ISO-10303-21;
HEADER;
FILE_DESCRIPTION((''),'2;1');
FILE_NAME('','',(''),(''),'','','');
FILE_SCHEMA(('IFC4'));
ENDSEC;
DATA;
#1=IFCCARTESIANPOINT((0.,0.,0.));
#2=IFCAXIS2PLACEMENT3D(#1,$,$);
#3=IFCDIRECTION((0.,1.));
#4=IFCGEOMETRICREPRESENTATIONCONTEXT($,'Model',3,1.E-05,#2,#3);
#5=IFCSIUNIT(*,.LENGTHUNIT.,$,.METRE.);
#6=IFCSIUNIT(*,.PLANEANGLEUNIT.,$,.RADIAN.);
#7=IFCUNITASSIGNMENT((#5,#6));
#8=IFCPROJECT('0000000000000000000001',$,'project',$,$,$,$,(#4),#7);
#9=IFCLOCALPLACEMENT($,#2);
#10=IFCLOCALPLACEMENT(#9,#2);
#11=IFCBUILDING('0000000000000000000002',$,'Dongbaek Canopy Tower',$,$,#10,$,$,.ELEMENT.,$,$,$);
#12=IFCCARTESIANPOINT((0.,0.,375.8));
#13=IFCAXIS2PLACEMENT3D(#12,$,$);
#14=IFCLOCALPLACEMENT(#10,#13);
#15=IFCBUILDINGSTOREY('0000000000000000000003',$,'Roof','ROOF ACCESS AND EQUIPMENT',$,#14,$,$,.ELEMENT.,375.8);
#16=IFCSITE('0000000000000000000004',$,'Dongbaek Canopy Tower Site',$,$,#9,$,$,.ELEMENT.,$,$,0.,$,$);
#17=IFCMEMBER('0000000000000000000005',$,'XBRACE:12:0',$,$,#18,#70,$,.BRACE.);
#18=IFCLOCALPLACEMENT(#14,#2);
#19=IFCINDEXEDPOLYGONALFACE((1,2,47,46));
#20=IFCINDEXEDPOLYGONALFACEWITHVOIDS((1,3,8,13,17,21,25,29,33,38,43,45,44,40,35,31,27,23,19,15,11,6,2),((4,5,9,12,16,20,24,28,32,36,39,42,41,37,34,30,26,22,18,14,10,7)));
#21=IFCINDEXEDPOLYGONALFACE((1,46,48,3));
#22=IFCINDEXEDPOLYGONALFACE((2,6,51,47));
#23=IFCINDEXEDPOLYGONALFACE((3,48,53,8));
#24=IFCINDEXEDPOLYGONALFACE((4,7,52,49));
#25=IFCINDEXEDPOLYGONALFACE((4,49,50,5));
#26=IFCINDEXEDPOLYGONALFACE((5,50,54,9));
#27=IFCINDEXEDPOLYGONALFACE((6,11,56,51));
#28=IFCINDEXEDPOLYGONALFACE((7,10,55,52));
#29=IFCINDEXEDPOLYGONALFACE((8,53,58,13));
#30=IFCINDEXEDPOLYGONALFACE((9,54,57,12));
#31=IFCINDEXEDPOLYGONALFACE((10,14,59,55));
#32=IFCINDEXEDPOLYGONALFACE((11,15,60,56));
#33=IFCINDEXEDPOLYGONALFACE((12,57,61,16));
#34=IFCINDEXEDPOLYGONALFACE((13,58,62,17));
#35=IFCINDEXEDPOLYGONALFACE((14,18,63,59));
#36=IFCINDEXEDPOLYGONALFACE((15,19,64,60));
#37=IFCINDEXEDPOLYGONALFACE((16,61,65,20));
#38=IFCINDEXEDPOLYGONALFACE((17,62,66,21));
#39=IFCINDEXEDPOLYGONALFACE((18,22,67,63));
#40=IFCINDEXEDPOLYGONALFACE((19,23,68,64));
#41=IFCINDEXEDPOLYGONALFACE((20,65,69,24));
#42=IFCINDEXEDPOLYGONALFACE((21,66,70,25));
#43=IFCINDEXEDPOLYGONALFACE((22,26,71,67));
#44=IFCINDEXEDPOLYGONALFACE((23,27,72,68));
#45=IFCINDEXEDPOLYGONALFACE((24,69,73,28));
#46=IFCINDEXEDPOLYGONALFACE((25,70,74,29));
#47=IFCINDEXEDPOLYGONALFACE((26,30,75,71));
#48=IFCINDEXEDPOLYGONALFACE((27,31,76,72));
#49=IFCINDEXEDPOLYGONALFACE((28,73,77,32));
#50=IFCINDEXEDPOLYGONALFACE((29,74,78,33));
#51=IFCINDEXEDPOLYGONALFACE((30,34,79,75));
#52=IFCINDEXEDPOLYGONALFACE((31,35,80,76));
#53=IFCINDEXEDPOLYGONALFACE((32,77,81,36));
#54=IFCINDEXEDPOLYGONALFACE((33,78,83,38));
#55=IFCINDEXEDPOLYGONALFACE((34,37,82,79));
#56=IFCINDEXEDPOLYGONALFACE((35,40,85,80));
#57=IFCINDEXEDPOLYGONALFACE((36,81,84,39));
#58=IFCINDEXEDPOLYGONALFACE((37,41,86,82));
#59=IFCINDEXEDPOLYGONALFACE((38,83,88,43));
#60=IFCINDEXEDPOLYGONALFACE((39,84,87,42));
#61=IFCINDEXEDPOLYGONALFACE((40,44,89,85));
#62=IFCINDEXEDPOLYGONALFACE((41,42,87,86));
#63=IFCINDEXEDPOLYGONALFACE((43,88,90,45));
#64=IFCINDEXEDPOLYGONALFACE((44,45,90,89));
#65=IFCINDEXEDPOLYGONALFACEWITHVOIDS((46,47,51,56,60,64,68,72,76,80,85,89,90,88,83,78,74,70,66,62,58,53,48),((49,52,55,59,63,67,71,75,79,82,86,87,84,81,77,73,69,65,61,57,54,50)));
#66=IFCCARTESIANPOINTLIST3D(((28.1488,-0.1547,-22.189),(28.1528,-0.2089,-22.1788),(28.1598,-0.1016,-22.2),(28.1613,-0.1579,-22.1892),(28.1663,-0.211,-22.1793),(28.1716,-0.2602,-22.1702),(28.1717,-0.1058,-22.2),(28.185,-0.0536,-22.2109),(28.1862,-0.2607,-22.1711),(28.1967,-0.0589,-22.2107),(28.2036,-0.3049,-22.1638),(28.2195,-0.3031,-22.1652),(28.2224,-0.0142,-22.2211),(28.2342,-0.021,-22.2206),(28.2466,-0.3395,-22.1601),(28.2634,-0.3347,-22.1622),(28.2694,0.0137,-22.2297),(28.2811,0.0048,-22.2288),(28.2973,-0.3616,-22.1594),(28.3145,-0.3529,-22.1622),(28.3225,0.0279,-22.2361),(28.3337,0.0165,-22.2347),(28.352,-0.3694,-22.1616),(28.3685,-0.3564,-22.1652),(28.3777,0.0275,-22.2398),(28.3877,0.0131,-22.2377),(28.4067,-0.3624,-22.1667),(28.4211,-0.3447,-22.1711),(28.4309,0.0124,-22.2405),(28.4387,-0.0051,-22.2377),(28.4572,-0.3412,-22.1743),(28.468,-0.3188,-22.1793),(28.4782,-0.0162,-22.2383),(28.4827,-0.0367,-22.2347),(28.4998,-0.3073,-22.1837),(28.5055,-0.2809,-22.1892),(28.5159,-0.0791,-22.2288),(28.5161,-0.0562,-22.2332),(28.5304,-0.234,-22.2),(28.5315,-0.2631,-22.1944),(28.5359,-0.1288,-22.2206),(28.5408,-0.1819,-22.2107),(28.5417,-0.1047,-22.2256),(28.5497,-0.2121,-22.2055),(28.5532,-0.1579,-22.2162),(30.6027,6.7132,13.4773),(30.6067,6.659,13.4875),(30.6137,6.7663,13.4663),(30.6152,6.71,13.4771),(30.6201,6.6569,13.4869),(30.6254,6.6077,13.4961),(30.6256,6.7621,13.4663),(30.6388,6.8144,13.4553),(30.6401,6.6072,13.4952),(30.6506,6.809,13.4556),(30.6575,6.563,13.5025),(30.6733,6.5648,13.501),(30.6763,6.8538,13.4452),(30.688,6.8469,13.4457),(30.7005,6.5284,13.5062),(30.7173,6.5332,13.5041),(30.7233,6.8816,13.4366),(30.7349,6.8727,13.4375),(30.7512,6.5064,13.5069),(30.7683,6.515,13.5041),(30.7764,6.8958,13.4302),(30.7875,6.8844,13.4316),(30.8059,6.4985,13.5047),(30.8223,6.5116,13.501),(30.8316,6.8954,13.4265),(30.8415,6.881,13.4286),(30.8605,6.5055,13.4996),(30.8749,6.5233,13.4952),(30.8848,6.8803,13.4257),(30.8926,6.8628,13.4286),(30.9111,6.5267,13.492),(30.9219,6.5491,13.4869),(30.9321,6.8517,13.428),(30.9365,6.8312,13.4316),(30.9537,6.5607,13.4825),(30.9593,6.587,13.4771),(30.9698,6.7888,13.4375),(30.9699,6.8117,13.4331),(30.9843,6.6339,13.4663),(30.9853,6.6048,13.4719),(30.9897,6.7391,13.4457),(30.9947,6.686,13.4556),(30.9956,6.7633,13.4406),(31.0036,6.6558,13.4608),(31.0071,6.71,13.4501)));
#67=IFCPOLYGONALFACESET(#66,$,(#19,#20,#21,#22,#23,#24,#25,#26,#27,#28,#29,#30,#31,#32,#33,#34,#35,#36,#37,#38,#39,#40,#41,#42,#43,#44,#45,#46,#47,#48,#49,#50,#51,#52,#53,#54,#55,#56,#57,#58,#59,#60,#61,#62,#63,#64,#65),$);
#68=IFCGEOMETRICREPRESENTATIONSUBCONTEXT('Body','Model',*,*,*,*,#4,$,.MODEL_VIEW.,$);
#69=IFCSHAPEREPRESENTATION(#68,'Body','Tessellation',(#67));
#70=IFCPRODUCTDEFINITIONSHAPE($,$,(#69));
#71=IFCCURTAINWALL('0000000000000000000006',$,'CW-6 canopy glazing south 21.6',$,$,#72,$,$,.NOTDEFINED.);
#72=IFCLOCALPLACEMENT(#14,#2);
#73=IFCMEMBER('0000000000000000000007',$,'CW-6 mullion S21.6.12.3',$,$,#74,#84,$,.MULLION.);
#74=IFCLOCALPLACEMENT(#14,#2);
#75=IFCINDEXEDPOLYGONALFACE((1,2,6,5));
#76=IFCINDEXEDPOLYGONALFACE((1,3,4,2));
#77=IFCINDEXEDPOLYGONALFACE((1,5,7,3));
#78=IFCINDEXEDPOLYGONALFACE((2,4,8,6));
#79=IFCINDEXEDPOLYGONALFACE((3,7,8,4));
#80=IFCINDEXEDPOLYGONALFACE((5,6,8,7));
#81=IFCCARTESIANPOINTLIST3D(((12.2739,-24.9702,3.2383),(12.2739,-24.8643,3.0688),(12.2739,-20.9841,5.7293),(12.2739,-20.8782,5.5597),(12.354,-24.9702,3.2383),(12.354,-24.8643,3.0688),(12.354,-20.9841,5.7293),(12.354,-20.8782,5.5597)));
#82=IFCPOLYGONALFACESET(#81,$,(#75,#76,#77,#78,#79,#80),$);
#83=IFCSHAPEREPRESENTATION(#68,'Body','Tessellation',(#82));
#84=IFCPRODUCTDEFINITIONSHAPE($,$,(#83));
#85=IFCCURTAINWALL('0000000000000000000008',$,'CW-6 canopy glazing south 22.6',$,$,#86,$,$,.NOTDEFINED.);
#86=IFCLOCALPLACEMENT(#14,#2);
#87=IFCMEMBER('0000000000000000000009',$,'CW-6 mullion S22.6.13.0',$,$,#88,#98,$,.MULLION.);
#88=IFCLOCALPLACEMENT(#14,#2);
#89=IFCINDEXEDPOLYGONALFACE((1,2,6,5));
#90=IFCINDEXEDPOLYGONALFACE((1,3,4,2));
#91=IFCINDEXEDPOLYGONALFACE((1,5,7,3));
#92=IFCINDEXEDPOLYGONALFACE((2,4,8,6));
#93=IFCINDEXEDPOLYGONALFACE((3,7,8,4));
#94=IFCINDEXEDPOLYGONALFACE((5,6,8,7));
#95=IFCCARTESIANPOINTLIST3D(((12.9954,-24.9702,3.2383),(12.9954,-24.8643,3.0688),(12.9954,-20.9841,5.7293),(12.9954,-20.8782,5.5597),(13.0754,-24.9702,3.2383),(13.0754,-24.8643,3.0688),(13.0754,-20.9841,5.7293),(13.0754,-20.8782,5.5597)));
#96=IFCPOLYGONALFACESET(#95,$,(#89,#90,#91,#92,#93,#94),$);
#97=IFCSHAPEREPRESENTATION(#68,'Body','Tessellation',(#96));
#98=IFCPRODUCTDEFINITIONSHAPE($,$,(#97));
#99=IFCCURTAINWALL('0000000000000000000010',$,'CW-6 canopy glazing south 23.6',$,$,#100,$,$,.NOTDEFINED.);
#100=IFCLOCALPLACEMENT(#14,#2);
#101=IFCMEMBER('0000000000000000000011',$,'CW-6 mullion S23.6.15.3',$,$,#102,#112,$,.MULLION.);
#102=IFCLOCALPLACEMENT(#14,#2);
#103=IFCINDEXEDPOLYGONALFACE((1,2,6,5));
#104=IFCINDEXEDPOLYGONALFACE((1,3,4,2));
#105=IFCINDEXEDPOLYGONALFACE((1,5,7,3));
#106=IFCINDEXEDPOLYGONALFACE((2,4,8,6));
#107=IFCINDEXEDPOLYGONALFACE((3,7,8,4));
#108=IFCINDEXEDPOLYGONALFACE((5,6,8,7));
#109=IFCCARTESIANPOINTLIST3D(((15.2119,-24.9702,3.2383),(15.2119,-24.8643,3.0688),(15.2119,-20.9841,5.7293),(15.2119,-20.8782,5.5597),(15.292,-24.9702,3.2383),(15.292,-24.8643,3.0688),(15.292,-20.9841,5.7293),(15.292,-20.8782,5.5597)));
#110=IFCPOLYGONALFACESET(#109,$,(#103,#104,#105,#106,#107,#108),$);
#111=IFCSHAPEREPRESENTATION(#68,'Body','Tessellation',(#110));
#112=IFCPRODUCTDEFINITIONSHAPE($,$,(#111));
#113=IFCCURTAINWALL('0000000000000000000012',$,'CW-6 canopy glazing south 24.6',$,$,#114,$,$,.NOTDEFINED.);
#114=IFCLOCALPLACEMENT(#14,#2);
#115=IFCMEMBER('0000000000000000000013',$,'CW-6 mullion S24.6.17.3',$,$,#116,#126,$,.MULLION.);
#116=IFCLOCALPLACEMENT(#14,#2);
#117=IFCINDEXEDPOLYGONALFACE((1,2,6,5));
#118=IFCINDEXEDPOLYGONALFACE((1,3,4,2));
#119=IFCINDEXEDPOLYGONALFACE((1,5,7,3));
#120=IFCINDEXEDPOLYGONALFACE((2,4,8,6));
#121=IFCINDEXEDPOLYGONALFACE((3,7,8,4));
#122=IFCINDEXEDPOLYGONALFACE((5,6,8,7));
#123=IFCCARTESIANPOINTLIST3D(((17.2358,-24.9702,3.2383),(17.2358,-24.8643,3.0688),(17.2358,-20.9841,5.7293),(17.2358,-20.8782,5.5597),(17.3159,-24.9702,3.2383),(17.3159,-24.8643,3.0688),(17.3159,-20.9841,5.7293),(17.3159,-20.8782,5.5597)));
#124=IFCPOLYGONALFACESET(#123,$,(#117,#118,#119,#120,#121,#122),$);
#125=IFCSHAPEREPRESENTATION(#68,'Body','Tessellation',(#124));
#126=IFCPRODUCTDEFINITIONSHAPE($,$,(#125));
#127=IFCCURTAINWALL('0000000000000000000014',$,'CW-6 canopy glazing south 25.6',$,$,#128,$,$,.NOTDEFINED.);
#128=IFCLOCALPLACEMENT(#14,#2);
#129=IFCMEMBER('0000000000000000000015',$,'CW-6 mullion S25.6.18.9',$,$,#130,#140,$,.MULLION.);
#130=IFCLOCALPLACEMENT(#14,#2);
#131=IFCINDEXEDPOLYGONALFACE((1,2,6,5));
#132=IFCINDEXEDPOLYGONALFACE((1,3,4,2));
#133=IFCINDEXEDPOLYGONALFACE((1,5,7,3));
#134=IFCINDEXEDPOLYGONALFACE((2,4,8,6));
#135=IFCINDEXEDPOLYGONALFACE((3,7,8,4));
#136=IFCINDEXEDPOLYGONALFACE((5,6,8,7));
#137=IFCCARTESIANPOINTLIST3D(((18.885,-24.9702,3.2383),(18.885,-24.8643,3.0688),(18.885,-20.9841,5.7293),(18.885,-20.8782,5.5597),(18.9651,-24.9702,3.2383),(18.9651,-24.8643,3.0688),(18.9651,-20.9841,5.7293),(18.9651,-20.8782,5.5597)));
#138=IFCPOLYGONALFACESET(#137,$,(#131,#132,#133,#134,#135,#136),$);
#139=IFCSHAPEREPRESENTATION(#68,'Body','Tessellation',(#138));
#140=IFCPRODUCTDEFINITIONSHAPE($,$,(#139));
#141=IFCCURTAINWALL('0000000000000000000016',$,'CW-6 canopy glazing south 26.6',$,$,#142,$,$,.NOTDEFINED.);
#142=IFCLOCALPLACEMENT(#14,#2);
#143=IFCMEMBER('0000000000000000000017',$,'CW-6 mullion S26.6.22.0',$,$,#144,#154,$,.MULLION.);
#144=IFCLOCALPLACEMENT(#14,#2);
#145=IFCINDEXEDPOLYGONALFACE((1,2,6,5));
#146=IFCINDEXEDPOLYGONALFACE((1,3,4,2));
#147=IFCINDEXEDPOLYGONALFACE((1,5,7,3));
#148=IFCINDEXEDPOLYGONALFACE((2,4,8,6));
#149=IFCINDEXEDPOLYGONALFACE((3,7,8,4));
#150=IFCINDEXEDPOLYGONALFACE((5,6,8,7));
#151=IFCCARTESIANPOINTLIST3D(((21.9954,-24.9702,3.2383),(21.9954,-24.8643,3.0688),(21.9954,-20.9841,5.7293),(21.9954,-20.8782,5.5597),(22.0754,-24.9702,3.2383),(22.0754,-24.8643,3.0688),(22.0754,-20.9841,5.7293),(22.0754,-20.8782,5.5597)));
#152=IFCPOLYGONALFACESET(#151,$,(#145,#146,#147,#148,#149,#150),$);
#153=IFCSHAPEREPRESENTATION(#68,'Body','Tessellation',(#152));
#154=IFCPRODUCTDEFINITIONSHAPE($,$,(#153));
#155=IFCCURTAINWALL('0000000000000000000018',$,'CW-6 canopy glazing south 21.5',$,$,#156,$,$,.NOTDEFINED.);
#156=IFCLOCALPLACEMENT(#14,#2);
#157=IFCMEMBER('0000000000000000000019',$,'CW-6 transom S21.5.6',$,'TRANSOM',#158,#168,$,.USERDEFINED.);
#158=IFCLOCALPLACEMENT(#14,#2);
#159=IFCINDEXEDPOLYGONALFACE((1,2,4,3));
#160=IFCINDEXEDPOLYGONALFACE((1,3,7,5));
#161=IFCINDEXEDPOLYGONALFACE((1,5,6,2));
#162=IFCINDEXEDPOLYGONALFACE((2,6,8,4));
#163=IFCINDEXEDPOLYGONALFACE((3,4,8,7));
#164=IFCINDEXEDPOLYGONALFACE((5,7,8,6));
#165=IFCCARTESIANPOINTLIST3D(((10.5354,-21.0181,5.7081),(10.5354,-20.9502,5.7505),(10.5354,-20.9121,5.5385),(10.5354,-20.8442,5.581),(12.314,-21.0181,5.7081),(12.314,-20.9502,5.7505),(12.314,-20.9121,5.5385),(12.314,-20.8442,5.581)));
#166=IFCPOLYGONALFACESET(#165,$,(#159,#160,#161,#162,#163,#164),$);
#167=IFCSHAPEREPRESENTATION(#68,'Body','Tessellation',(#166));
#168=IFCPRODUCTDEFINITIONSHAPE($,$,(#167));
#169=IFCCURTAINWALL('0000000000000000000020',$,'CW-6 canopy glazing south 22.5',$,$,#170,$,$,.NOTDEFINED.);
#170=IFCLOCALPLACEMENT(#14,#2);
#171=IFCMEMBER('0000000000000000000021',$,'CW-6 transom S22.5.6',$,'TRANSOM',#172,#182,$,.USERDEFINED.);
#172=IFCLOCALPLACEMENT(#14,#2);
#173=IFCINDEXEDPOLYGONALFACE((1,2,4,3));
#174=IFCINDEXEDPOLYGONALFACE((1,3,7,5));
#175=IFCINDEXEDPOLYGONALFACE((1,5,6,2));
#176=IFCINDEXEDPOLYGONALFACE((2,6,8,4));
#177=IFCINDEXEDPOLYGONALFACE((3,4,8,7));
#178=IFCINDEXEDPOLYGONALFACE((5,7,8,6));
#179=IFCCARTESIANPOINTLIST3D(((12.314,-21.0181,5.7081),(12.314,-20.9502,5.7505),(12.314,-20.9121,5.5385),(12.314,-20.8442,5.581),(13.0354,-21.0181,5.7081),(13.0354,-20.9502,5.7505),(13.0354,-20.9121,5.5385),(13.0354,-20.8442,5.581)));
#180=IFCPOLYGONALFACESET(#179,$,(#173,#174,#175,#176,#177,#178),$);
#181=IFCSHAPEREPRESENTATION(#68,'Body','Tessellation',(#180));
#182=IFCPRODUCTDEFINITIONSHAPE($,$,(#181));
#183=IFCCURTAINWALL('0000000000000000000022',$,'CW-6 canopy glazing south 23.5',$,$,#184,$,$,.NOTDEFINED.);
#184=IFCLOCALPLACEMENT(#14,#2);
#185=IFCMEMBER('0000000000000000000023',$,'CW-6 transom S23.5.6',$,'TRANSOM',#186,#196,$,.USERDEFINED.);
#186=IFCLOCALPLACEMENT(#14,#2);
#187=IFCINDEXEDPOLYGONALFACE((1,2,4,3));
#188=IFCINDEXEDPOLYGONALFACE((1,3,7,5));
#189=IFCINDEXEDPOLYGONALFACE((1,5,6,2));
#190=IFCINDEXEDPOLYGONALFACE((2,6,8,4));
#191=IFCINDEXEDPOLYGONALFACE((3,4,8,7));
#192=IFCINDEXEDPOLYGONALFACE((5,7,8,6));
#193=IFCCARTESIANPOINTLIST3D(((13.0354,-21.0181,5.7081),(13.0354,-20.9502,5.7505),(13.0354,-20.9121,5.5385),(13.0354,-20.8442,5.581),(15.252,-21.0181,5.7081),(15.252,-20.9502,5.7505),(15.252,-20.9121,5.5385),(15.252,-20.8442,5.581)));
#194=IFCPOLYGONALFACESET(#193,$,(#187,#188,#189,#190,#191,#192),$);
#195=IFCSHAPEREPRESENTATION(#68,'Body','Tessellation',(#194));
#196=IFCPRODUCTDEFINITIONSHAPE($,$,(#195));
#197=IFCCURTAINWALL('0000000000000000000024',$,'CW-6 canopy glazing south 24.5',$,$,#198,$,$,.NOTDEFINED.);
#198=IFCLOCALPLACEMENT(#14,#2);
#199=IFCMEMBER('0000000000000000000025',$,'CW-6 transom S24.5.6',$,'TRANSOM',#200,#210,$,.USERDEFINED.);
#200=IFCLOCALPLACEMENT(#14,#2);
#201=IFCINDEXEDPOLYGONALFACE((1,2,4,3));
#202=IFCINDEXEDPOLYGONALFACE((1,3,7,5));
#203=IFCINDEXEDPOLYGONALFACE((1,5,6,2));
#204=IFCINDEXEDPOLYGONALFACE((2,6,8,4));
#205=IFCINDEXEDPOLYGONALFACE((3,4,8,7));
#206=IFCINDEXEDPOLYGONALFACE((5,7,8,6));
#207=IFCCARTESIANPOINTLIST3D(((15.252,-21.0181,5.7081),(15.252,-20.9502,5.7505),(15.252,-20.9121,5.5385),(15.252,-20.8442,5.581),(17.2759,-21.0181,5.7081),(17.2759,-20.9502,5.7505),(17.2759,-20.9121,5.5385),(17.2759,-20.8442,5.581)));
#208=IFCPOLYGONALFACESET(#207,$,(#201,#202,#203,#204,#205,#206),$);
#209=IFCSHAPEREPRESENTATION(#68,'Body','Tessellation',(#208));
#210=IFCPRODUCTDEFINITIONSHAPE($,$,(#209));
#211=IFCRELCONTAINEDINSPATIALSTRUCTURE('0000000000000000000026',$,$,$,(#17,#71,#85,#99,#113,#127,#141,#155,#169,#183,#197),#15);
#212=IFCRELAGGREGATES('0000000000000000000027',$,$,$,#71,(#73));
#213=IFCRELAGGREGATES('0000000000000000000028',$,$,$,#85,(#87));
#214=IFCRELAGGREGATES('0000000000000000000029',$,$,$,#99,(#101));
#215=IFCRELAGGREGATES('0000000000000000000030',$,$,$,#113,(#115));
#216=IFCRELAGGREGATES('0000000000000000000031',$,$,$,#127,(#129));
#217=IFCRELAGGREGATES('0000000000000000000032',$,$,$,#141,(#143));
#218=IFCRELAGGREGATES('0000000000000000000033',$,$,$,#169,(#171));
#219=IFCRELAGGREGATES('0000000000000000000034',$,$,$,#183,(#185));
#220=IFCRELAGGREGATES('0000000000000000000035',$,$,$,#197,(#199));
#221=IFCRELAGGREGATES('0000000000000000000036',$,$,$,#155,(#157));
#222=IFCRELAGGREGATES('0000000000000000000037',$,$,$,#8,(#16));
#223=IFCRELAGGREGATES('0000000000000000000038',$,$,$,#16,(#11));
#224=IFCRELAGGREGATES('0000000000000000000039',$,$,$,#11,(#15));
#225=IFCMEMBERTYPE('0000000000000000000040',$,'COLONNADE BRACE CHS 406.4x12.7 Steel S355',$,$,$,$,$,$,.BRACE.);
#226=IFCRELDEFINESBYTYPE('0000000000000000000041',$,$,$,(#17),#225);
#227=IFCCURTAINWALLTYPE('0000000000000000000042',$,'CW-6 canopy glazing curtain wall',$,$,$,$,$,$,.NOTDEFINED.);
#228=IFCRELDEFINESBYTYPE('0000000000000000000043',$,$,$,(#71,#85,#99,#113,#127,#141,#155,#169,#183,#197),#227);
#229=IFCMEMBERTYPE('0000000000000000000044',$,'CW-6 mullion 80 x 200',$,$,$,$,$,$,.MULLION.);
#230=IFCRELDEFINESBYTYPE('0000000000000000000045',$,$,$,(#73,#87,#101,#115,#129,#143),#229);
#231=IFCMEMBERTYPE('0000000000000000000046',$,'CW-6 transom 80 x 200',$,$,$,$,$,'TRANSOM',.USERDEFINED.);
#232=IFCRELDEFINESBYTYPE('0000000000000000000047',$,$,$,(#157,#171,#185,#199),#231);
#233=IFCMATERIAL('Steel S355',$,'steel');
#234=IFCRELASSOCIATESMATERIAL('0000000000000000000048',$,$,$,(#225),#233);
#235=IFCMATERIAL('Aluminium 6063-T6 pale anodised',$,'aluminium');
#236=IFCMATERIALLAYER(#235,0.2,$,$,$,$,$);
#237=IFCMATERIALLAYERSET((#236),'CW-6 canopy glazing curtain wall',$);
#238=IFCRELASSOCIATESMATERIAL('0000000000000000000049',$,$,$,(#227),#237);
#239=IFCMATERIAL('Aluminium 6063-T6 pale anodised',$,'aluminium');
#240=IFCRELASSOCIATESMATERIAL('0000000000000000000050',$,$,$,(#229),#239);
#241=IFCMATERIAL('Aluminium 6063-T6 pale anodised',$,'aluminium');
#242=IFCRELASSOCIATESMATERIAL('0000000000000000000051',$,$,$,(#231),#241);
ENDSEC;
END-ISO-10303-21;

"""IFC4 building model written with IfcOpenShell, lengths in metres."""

from ifc_helpers import new_model, si_unit, direction, frame, origin, origin_2d, place, context, subcontext, project, spatial, rectangle, hollow_circle, extrude, material, layer, layer_set, material_profile, profile_set, type_object, element, aggregate, save


model = new_model("IFC4")

# Units and contexts
model_context = context("Model", 3, precision=1e-05, world=origin(), true_north=direction((0.0, 1.0)))
body_context = subcontext(model_context, "Body", "Model", "MODEL_VIEW")
ifc_project = project(units=[si_unit("LENGTHUNIT", "METRE"), si_unit("PLANEANGLEUNIT", "RADIAN")], contexts=[model_context])

# Site, building, storey
site_placement = place(None, origin())
site = spatial("IfcSite", under=ifc_project, at=site_placement, Name="Dongbaek Canopy Tower Site", CompositionType="ELEMENT", RefElevation=0.0)
building_placement = place(site_placement, origin())
building = spatial("IfcBuilding", under=site, at=building_placement, Name="Dongbaek Canopy Tower", CompositionType="ELEMENT")
storey_placement = place(building_placement, frame((0.0, 0.0, 375.8)))
storey = spatial("IfcBuildingStorey", under=building, at=storey_placement, Name="Roof", Description="ROOF ACCESS AND EQUIPMENT", CompositionType="ELEMENT", Elevation=375.8)

# Member
ifc_material_1 = material(Name="Steel S355", Category="steel")
ifc_material_profile_1 = material_profile(ifc_material_1, hollow_circle(Radius=0.2031, WallThickness=0.0127, at=origin_2d()), Name="COLONNADE BRACE CHS 406.4x12.7 Steel S355")
ifc_profile_set_1 = profile_set([ifc_material_profile_1], Name="Steel S355")
member_type_1 = type_object("IfcMemberType", Name="COLONNADE BRACE CHS 406.4x12.7 Steel S355", PredefinedType="BRACE", material=ifc_profile_set_1)
member_1_placement = place(storey_placement, frame((28.3511, -0.1699, -22.2), z_axis=(0.067406, 0.188657, 0.979727), x_axis=(-0.941697, 0.336462, 0.0)))
element("IfcMember", 1, at=member_1_placement, inside=storey, type_object=member_type_1, Name="XBRACE:12:0", PredefinedType="BRACE", context=body_context, shape_type="SweptSolid", body=[
    extrude(hollow_circle(Radius=0.2031, WallThickness=0.0127, at=origin_2d()), origin(), (0.0, 0.0, 1.0), 36.4043),
])

# Curtain walls, members
ifc_material_2 = material(Name="Aluminium 6063-T6 pale anodised", Category="aluminium")
ifc_layer_1 = layer(ifc_material_2, 0.2)
ifc_layer_set_1 = layer_set([ifc_layer_1], Name="CW-6 canopy glazing curtain wall")
curtain_wall_type = type_object("IfcCurtainWallType", Name="CW-6 canopy glazing curtain wall", PredefinedType="NOTDEFINED", material=ifc_layer_set_1)
curtain_wall_1_placement = place(storey_placement, origin())
curtain_wall_1 = element("IfcCurtainWall", 2, at=curtain_wall_1_placement, inside=storey, type_object=curtain_wall_type, Name="CW-6 canopy glazing south 21.6", PredefinedType="NOTDEFINED")
ifc_material_3 = material(Name="Aluminium 6063-T6 pale anodised", Category="aluminium")
ifc_material_profile_2 = material_profile(ifc_material_3, rectangle(XDim=0.0801, YDim=0.2, at=origin_2d()), Name="CW-6 mullion 80 x 200")
ifc_profile_set_2 = profile_set([ifc_material_profile_2], Name="Aluminium 6063-T6 pale anodised")
member_type_2 = type_object("IfcMemberType", Name="CW-6 mullion 80 x 200", PredefinedType="MULLION", material=ifc_profile_set_2)
member_2_placement = place(storey_placement, frame((12.314, -20.9312, 5.6445), z_axis=(0.0, -0.84803, -0.529948), x_axis=(1.0, 0.0, 0.0)))
member_2 = element("IfcMember", 3, at=member_2_placement, type_object=member_type_2, Name="CW-6 mullion S21.6.12.3", PredefinedType="MULLION", context=body_context, shape_type="SweptSolid", body=[
    extrude(rectangle(XDim=0.0801, YDim=0.2, at=origin_2d()), origin(), (0.0, 0.0, 1.0), 4.7004),
])
aggregate(curtain_wall_1, [member_2])
curtain_wall_2_placement = place(storey_placement, origin())
curtain_wall_2 = element("IfcCurtainWall", 4, at=curtain_wall_2_placement, inside=storey, type_object=curtain_wall_type, Name="CW-6 canopy glazing south 22.6", PredefinedType="NOTDEFINED")
member_3_placement = place(storey_placement, frame((13.0354, -20.9312, 5.6445), z_axis=(0.0, -0.84803, -0.529948), x_axis=(1.0, 0.0, 0.0)))
member_3 = element("IfcMember", 5, at=member_3_placement, type_object=member_type_2, Name="CW-6 mullion S22.6.13.0", PredefinedType="MULLION", context=body_context, shape_type="SweptSolid", body=[
    extrude(rectangle(XDim=0.0801, YDim=0.2, at=origin_2d()), origin(), (0.0, 0.0, 1.0), 4.7004),
])
aggregate(curtain_wall_2, [member_3])
curtain_wall_3_placement = place(storey_placement, origin())
curtain_wall_3 = element("IfcCurtainWall", 6, at=curtain_wall_3_placement, inside=storey, type_object=curtain_wall_type, Name="CW-6 canopy glazing south 23.6", PredefinedType="NOTDEFINED")
member_4_placement = place(storey_placement, frame((15.252, -20.9312, 5.6445), z_axis=(0.0, -0.84803, -0.529948), x_axis=(1.0, 0.0, 0.0)))
member_4 = element("IfcMember", 7, at=member_4_placement, type_object=member_type_2, Name="CW-6 mullion S23.6.15.3", PredefinedType="MULLION", context=body_context, shape_type="SweptSolid", body=[
    extrude(rectangle(XDim=0.0801, YDim=0.2, at=origin_2d()), origin(), (0.0, 0.0, 1.0), 4.7004),
])
aggregate(curtain_wall_3, [member_4])
curtain_wall_4_placement = place(storey_placement, origin())
curtain_wall_4 = element("IfcCurtainWall", 8, at=curtain_wall_4_placement, inside=storey, type_object=curtain_wall_type, Name="CW-6 canopy glazing south 24.6", PredefinedType="NOTDEFINED")
member_5_placement = place(storey_placement, frame((17.2759, -20.9312, 5.6445), z_axis=(0.0, -0.84803, -0.529948), x_axis=(1.0, 0.0, 0.0)))
member_5 = element("IfcMember", 9, at=member_5_placement, type_object=member_type_2, Name="CW-6 mullion S24.6.17.3", PredefinedType="MULLION", context=body_context, shape_type="SweptSolid", body=[
    extrude(rectangle(XDim=0.0801, YDim=0.2, at=origin_2d()), origin(), (0.0, 0.0, 1.0), 4.7004),
])
aggregate(curtain_wall_4, [member_5])
curtain_wall_5_placement = place(storey_placement, origin())
curtain_wall_5 = element("IfcCurtainWall", 10, at=curtain_wall_5_placement, inside=storey, type_object=curtain_wall_type, Name="CW-6 canopy glazing south 25.6", PredefinedType="NOTDEFINED")
member_6_placement = place(storey_placement, frame((18.925, -20.9312, 5.6445), z_axis=(0.0, -0.84803, -0.529948), x_axis=(1.0, 0.0, 0.0)))
member_6 = element("IfcMember", 11, at=member_6_placement, type_object=member_type_2, Name="CW-6 mullion S25.6.18.9", PredefinedType="MULLION", context=body_context, shape_type="SweptSolid", body=[
    extrude(rectangle(XDim=0.0801, YDim=0.2, at=origin_2d()), origin(), (0.0, 0.0, 1.0), 4.7004),
])
aggregate(curtain_wall_5, [member_6])
curtain_wall_6_placement = place(storey_placement, origin())
curtain_wall_6 = element("IfcCurtainWall", 12, at=curtain_wall_6_placement, inside=storey, type_object=curtain_wall_type, Name="CW-6 canopy glazing south 26.6", PredefinedType="NOTDEFINED")
member_7_placement = place(storey_placement, frame((22.0354, -20.9312, 5.6445), z_axis=(0.0, -0.84803, -0.529948), x_axis=(1.0, 0.0, 0.0)))
member_7 = element("IfcMember", 13, at=member_7_placement, type_object=member_type_2, Name="CW-6 mullion S26.6.22.0", PredefinedType="MULLION", context=body_context, shape_type="SweptSolid", body=[
    extrude(rectangle(XDim=0.0801, YDim=0.2, at=origin_2d()), origin(), (0.0, 0.0, 1.0), 4.7004),
])
aggregate(curtain_wall_6, [member_7])
curtain_wall_7_placement = place(storey_placement, origin())
curtain_wall_7 = element("IfcCurtainWall", 14, at=curtain_wall_7_placement, inside=storey, type_object=curtain_wall_type, Name="CW-6 canopy glazing south 21.5", PredefinedType="NOTDEFINED")
ifc_material_4 = material(Name="Aluminium 6063-T6 pale anodised", Category="aluminium")
ifc_material_profile_3 = material_profile(ifc_material_4, rectangle(XDim=0.0801, YDim=0.2, at=origin_2d()), Name="CW-6 transom 80 x 200")
ifc_profile_set_3 = profile_set([ifc_material_profile_3], Name="Aluminium 6063-T6 pale anodised")
member_type_3 = type_object("IfcMemberType", Name="CW-6 transom 80 x 200", ElementType="TRANSOM", PredefinedType="USERDEFINED", material=ifc_profile_set_3)
member_8_placement = place(storey_placement, frame((10.5354, -20.9312, 5.6445), z_axis=(1.0, 0.0, 0.0), x_axis=(0.0, 0.848048, 0.529919)))
member_8 = element("IfcMember", 15, at=member_8_placement, type_object=member_type_3, Name="CW-6 transom S21.5.6", ObjectType="TRANSOM", PredefinedType="USERDEFINED", context=body_context, shape_type="SweptSolid", body=[
    extrude(rectangle(XDim=0.0801, YDim=0.2, at=origin_2d()), origin(), (0.0, 0.0, 1.0), 1.7786),
])
curtain_wall_8_placement = place(storey_placement, origin())
curtain_wall_8 = element("IfcCurtainWall", 16, at=curtain_wall_8_placement, inside=storey, type_object=curtain_wall_type, Name="CW-6 canopy glazing south 22.5", PredefinedType="NOTDEFINED")
member_9_placement = place(storey_placement, frame((12.314, -20.9312, 5.6445), z_axis=(1.0, 0.0, 0.0), x_axis=(0.0, 0.848048, 0.529919)))
member_9 = element("IfcMember", 17, at=member_9_placement, type_object=member_type_3, Name="CW-6 transom S22.5.6", ObjectType="TRANSOM", PredefinedType="USERDEFINED", context=body_context, shape_type="SweptSolid", body=[
    extrude(rectangle(XDim=0.0801, YDim=0.2, at=origin_2d()), origin(), (0.0, 0.0, 1.0), 0.7214),
])
aggregate(curtain_wall_8, [member_9])
curtain_wall_9_placement = place(storey_placement, origin())
curtain_wall_9 = element("IfcCurtainWall", 18, at=curtain_wall_9_placement, inside=storey, type_object=curtain_wall_type, Name="CW-6 canopy glazing south 23.5", PredefinedType="NOTDEFINED")
member_10_placement = place(storey_placement, frame((13.0354, -20.9312, 5.6445), z_axis=(1.0, 0.0, 0.0), x_axis=(0.0, 0.848048, 0.529919)))
member_10 = element("IfcMember", 19, at=member_10_placement, type_object=member_type_3, Name="CW-6 transom S23.5.6", ObjectType="TRANSOM", PredefinedType="USERDEFINED", context=body_context, shape_type="SweptSolid", body=[
    extrude(rectangle(XDim=0.0801, YDim=0.2, at=origin_2d()), origin(), (0.0, 0.0, 1.0), 2.2166),
])
aggregate(curtain_wall_9, [member_10])
curtain_wall_10_placement = place(storey_placement, origin())
curtain_wall_10 = element("IfcCurtainWall", 20, at=curtain_wall_10_placement, inside=storey, type_object=curtain_wall_type, Name="CW-6 canopy glazing south 24.5", PredefinedType="NOTDEFINED")
member_11_placement = place(storey_placement, frame((15.252, -20.9312, 5.6445), z_axis=(1.0, 0.0, 0.0), x_axis=(0.0, 0.848048, 0.529919)))
member_11 = element("IfcMember", 21, at=member_11_placement, type_object=member_type_3, Name="CW-6 transom S24.5.6", ObjectType="TRANSOM", PredefinedType="USERDEFINED", context=body_context, shape_type="SweptSolid", body=[
    extrude(rectangle(XDim=0.0801, YDim=0.2, at=origin_2d()), origin(), (0.0, 0.0, 1.0), 2.0239),
])
aggregate(curtain_wall_10, [member_11])

aggregate(curtain_wall_7, [member_8])

save(model, "model.ifc")
